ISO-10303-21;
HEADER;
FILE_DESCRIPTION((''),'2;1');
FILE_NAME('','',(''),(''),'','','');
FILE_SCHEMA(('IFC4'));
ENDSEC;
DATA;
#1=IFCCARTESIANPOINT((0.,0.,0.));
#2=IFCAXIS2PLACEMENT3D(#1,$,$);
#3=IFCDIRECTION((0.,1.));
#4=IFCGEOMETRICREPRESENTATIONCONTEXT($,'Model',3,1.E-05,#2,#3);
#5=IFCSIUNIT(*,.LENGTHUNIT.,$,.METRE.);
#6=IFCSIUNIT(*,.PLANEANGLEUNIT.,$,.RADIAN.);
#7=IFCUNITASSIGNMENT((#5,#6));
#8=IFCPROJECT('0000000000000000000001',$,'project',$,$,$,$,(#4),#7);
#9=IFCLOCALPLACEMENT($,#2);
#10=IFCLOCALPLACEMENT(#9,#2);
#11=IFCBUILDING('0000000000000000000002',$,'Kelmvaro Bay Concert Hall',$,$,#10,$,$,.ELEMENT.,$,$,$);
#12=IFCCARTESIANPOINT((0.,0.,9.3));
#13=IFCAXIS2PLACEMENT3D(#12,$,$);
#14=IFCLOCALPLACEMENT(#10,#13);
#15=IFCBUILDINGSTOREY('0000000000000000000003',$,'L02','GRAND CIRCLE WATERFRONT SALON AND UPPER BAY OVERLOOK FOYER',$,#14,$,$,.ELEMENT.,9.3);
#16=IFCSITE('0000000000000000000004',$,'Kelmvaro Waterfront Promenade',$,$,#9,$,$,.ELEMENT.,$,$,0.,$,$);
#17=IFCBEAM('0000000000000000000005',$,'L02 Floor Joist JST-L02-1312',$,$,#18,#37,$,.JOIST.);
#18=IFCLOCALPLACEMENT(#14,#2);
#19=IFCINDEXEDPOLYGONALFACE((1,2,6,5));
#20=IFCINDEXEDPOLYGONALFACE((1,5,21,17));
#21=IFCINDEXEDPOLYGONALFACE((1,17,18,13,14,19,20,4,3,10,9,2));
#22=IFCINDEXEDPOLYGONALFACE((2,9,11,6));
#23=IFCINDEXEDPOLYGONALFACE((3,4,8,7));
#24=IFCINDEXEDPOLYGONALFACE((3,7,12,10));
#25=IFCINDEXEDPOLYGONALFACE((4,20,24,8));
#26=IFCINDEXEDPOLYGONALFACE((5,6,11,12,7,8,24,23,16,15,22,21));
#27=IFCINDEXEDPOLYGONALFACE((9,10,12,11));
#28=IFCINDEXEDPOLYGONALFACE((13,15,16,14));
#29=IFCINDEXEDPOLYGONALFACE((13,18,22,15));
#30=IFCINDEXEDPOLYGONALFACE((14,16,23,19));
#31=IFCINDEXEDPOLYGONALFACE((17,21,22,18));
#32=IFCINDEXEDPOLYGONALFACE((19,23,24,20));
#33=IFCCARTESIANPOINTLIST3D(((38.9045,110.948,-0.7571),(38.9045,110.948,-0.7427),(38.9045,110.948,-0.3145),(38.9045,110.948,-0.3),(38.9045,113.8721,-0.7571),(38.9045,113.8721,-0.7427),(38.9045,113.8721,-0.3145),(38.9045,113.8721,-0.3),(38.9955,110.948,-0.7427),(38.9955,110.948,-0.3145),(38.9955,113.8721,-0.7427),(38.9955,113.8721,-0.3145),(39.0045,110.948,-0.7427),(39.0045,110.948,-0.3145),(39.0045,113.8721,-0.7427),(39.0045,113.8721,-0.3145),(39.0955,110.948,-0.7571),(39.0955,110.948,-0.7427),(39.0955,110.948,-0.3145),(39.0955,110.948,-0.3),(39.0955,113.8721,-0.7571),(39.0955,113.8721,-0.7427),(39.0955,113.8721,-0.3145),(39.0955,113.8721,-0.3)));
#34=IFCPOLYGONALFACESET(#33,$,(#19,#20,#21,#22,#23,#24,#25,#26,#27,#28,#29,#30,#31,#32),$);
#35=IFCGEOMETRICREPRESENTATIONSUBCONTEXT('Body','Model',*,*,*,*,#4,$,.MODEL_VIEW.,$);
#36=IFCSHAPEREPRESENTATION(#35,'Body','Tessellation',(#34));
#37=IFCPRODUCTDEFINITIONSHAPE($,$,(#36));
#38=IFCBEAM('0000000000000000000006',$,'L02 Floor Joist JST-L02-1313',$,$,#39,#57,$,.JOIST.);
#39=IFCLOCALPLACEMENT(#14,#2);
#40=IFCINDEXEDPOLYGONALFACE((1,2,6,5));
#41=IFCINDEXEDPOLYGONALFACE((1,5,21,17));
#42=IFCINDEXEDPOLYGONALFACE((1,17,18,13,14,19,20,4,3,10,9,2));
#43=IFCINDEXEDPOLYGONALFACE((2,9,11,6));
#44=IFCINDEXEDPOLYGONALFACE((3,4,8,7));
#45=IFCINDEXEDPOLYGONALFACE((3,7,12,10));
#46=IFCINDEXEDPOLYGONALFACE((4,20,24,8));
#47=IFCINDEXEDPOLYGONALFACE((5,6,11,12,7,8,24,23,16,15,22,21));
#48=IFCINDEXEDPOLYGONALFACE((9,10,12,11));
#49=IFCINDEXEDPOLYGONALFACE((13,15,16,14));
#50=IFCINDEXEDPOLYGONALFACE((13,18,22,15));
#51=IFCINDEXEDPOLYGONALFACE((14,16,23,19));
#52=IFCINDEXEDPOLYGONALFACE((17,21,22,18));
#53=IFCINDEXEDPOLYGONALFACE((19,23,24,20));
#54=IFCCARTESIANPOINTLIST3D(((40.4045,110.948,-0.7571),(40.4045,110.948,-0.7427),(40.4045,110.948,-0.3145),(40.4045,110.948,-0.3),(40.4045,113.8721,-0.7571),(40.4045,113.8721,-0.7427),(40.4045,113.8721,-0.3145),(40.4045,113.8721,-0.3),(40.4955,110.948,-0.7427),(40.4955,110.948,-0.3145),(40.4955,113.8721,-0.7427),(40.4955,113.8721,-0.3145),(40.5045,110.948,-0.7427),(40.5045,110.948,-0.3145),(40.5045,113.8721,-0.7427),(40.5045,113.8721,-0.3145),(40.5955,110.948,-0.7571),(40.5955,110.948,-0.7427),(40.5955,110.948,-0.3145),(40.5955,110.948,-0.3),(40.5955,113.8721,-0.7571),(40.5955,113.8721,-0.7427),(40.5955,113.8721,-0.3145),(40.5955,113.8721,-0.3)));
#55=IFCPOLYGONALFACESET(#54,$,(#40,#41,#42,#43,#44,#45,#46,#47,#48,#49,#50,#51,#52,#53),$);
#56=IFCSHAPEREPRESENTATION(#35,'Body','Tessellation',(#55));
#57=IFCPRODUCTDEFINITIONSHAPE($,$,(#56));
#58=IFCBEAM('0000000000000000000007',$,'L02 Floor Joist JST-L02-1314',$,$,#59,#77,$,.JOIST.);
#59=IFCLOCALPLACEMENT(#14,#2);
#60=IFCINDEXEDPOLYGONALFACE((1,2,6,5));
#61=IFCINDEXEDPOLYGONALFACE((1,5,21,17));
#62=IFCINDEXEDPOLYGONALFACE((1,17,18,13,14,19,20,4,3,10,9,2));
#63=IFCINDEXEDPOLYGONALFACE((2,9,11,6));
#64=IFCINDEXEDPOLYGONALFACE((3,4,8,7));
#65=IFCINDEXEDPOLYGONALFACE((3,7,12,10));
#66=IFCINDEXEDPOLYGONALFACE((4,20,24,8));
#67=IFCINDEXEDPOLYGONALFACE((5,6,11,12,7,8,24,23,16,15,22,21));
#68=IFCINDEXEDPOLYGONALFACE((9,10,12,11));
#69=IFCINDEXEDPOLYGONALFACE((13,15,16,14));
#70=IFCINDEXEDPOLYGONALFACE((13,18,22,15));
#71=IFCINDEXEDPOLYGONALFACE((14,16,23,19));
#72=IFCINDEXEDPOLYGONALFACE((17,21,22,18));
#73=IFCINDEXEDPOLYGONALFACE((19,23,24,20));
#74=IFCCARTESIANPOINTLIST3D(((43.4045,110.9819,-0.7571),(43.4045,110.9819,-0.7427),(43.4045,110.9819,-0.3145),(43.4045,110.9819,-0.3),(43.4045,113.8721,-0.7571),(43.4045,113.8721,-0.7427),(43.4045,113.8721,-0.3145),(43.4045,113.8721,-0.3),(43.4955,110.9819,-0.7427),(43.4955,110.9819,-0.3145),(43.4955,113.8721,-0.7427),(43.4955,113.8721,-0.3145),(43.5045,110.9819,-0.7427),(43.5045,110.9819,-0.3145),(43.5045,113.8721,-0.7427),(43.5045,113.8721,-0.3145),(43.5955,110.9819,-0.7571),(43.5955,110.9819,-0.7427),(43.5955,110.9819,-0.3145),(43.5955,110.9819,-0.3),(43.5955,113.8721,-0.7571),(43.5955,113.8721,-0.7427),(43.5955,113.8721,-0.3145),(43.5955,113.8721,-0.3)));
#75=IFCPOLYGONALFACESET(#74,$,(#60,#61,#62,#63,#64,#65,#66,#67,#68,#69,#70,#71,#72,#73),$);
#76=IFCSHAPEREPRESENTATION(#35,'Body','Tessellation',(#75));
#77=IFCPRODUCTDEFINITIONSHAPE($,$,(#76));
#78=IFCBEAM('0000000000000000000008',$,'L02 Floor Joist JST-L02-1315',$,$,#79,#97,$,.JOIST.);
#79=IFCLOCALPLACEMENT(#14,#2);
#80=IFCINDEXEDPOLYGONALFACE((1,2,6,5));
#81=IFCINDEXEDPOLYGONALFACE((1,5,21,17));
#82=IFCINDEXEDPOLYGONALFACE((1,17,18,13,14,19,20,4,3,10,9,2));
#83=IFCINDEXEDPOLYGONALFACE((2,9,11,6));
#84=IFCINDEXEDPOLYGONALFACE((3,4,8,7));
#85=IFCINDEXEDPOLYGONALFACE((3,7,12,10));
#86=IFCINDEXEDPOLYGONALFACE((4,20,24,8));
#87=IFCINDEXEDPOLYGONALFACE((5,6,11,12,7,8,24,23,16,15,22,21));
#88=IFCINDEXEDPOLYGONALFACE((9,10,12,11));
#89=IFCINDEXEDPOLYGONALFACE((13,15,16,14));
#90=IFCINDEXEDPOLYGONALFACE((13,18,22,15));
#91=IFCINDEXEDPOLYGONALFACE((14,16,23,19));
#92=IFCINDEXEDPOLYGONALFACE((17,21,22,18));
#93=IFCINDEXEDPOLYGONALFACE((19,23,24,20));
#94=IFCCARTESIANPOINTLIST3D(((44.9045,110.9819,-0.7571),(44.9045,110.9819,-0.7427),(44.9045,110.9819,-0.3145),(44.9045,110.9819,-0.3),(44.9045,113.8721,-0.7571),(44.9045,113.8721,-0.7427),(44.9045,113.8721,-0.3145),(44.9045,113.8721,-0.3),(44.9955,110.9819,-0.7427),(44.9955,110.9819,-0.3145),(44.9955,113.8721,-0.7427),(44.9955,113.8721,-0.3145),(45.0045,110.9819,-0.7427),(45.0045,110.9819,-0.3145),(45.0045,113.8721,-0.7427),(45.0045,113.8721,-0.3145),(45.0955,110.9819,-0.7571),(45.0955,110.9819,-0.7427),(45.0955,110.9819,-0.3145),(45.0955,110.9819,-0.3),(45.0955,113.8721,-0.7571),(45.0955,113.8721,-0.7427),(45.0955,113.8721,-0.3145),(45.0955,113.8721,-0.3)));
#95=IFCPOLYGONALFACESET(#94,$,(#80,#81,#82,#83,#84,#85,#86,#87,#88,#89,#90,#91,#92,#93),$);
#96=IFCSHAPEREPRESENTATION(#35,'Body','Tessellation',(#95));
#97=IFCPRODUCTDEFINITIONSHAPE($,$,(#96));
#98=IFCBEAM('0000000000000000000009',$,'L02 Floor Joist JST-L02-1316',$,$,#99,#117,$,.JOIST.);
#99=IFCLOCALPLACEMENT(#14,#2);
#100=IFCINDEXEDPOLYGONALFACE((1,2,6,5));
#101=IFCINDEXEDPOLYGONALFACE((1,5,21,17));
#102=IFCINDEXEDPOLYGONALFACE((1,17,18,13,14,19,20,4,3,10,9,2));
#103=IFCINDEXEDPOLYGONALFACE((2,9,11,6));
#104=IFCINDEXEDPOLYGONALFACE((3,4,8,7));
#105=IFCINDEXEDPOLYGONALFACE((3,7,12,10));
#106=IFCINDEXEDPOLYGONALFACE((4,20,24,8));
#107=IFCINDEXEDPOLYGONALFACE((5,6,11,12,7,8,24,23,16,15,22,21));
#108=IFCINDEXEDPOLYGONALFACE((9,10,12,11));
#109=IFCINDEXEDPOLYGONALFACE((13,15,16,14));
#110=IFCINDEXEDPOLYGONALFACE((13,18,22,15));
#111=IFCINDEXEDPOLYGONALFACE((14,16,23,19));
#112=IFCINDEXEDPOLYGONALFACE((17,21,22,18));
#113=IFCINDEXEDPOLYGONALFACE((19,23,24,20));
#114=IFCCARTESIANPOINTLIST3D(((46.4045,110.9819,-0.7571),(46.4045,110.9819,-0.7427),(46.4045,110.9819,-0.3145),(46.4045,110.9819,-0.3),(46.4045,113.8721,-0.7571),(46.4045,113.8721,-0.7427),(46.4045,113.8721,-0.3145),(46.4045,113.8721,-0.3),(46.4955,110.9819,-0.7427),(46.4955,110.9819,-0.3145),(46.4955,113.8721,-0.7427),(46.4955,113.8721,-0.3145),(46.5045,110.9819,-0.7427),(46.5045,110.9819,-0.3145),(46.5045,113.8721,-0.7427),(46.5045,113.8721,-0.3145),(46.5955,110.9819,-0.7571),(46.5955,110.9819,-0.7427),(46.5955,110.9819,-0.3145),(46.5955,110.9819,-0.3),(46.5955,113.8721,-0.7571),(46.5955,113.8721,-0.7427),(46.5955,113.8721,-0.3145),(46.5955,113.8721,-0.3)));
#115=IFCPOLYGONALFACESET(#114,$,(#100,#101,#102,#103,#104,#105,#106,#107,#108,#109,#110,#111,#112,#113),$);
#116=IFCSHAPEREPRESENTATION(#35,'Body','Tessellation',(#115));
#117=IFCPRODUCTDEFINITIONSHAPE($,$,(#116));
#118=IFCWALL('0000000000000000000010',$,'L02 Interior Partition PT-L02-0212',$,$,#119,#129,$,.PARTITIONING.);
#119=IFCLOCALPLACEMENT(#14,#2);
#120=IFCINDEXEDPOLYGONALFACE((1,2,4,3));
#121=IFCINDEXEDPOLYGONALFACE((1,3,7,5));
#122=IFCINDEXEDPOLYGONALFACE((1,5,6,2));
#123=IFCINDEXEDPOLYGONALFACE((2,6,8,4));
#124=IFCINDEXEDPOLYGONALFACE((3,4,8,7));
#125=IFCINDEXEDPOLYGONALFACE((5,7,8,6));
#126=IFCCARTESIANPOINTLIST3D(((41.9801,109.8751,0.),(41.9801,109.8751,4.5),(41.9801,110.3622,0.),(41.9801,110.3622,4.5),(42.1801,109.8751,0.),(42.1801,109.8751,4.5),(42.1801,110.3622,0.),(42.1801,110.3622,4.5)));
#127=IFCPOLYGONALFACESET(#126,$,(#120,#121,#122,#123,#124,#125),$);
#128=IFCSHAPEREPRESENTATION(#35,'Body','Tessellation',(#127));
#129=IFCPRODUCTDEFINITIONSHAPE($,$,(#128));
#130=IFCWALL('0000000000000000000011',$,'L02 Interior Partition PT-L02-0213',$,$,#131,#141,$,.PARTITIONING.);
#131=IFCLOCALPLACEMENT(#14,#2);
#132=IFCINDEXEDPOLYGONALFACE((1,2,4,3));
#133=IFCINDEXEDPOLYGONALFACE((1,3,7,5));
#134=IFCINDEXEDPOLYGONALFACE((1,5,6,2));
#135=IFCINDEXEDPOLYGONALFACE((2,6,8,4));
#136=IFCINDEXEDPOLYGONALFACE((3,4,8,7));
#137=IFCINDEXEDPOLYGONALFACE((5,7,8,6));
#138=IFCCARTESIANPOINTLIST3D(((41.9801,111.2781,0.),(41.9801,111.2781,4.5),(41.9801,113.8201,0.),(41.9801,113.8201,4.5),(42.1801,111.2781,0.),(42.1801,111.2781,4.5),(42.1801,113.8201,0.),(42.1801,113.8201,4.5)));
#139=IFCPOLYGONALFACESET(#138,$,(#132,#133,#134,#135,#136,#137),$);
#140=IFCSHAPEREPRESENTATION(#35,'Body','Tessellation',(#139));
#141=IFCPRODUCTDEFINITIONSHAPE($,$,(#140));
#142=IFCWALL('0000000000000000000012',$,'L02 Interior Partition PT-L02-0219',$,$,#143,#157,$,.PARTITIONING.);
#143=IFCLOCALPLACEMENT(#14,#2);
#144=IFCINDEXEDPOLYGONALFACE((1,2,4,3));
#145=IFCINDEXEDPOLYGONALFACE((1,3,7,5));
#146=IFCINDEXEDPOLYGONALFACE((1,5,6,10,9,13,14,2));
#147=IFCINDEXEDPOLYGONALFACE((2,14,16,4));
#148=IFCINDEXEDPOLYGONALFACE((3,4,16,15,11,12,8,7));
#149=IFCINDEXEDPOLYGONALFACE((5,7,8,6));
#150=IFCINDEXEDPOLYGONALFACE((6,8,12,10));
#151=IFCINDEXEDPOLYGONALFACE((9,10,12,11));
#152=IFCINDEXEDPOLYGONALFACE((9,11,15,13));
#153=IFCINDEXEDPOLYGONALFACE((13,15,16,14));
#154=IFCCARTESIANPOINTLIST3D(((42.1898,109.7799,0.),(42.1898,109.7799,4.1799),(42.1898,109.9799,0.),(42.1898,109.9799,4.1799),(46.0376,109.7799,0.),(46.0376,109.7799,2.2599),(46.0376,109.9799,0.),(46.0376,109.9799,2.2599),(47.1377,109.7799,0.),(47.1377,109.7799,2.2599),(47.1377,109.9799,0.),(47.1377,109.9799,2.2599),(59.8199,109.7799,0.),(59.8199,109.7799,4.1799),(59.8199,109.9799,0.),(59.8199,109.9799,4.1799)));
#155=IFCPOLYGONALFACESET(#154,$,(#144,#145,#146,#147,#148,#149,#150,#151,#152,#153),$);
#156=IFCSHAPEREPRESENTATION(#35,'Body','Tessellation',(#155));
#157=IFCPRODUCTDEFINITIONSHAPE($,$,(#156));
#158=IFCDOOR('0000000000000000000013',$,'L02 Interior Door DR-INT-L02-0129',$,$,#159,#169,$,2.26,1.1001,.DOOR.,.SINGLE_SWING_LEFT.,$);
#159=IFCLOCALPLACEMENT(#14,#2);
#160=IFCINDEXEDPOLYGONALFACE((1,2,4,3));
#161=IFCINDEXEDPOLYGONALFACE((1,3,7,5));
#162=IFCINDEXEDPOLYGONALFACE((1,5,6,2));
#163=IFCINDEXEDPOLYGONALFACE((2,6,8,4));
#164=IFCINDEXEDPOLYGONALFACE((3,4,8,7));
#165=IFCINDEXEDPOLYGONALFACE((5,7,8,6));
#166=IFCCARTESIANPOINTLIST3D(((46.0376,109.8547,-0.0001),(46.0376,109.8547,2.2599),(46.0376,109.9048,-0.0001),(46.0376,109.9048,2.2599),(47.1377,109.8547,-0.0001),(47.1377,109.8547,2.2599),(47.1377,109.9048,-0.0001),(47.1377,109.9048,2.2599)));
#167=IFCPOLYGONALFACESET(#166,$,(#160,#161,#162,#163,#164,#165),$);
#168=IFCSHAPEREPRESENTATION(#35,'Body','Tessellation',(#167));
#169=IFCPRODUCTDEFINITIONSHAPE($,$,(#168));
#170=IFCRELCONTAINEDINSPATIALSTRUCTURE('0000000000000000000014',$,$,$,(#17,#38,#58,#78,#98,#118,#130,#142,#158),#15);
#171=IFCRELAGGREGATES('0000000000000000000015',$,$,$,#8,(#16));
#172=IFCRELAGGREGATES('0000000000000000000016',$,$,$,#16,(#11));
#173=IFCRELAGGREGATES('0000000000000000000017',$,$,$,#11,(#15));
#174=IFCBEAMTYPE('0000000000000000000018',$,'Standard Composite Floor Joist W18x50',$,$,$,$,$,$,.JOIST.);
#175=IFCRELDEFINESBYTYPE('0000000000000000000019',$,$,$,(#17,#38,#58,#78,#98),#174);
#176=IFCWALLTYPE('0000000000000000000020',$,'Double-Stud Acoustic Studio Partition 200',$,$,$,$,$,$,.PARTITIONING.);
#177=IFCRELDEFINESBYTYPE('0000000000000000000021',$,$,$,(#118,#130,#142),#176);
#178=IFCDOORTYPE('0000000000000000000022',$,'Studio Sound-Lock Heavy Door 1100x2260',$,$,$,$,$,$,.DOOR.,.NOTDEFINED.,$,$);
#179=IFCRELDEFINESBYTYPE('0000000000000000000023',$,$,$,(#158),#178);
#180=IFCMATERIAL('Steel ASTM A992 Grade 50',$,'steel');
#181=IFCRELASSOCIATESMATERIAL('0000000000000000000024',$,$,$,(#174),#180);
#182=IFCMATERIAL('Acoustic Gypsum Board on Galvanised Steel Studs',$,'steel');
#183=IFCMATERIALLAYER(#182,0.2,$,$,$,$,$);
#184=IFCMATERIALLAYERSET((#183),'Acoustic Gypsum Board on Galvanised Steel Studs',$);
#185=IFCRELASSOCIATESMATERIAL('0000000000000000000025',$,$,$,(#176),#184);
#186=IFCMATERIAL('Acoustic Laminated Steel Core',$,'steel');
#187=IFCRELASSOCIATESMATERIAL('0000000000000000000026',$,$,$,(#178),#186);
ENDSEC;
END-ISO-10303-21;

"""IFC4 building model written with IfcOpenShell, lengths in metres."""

from ifc_helpers import new_model, si_unit, direction, frame, frame_2d, origin, origin_2d, place, context, subcontext, project, spatial, rectangle, i_section, extrude, material, layer, layer_set, material_profile, profile_set, type_object, element, fill, save


model = new_model("IFC4")

# Units and contexts
model_context = context("Model", 3, precision=1e-05, world=origin(), true_north=direction((0.0, 1.0)))
body_context = subcontext(model_context, "Body", "Model", "MODEL_VIEW")
ifc_project = project(units=[si_unit("LENGTHUNIT", "METRE"), si_unit("PLANEANGLEUNIT", "RADIAN")], contexts=[model_context])

# Site, building, storey
site_placement = place(None, origin())
site = spatial("IfcSite", under=ifc_project, at=site_placement, Name="Kelmvaro Waterfront Promenade", CompositionType="ELEMENT", RefElevation=0.0)
building_placement = place(site_placement, origin())
building = spatial("IfcBuilding", under=site, at=building_placement, Name="Kelmvaro Bay Concert Hall", CompositionType="ELEMENT")
storey_placement = place(building_placement, frame((0.0, 0.0, 9.3)))
storey = spatial("IfcBuildingStorey", under=building, at=storey_placement, Name="L02", Description="GRAND CIRCLE WATERFRONT SALON AND UPPER BAY OVERLOOK FOYER", CompositionType="ELEMENT", Elevation=9.3)

# Beams
ifc_material_1 = material(Name="Steel ASTM A992 Grade 50", Category="steel")
ifc_material_profile_1 = material_profile(ifc_material_1, i_section(OverallWidth=0.1909, OverallDepth=0.457, WebThickness=0.009, FlangeThickness=0.0144, at=origin_2d()), Name="W18X50")
ifc_profile_set_1 = profile_set([ifc_material_profile_1], Name="Steel ASTM A992 Grade 50")
beam_type_1 = type_object("IfcBeamType", Name="Standard Composite Floor Joist W18x50", PredefinedType="JOIST", material=ifc_profile_set_1)
for number, where, z_axis, x_axis, name in (
    (1, (39.0, 110.948, -0.5286), (0.0, 1.0, 0.0), (-1.0, 0.0, 0.0), "L02 Floor Joist JST-L02-1312"),
    (2, (40.5, 110.948, -0.5286), (0.0, 1.0, 0.0), (-1.0, 0.0, 0.0), "L02 Floor Joist JST-L02-1313"),
):
    element("IfcBeam", number, at=place(storey_placement, frame(where, z_axis=z_axis, x_axis=x_axis)), inside=storey, type_object=beam_type_1, Name=name, PredefinedType="JOIST", context=body_context, shape_type="SweptSolid", body=[
        extrude(i_section(OverallWidth=0.1909, OverallDepth=0.457, WebThickness=0.009, FlangeThickness=0.0144, at=origin_2d()), origin(), (0.0, 0.0, 1.0), 2.9241),
    ])
for number, where, z_axis, x_axis, name in (
    (3, (43.5, 110.9819, -0.5286), (0.0, 1.0, 0.0), (-1.0, 0.0, 0.0), "L02 Floor Joist JST-L02-1314"),
    (4, (45.0, 110.9819, -0.5286), (0.0, 1.0, 0.0), (-1.0, 0.0, 0.0), "L02 Floor Joist JST-L02-1315"),
    (5, (46.5, 110.9819, -0.5286), (0.0, 1.0, 0.0), (-1.0, 0.0, 0.0), "L02 Floor Joist JST-L02-1316"),
):
    element("IfcBeam", number, at=place(storey_placement, frame(where, z_axis=z_axis, x_axis=x_axis)), inside=storey, type_object=beam_type_1, Name=name, PredefinedType="JOIST", context=body_context, shape_type="SweptSolid", body=[
        extrude(i_section(OverallWidth=0.1909, OverallDepth=0.457, WebThickness=0.009, FlangeThickness=0.0144, at=origin_2d()), origin(), (0.0, 0.0, 1.0), 2.8901),
    ])

# Walls
ifc_material_2 = material(Name="Acoustic Gypsum Board on Galvanised Steel Studs", Category="steel")
ifc_layer_1 = layer(ifc_material_2, 0.2)
ifc_layer_set_1 = layer_set([ifc_layer_1], Name="Acoustic Gypsum Board on Galvanised Steel Studs")
wall_type_1 = type_object("IfcWallType", Name="Double-Stud Acoustic Studio Partition 200", PredefinedType="PARTITIONING", material=ifc_layer_set_1)
wall_1_placement = place(storey_placement, frame((42.0801, 109.875, 0.0), z_axis=(0.0, 0.0, 1.0), x_axis=(0.0, 1.0, 0.0)))
element("IfcWall", 6, at=wall_1_placement, inside=storey, type_object=wall_type_1, Name="L02 Interior Partition PT-L02-0212", PredefinedType="PARTITIONING", context=body_context, shape_type="SweptSolid", body=[
    extrude(rectangle(XDim=0.4871, YDim=0.2, at=frame_2d((0.2437, 0.0))), origin(), (0.0, 0.0, 1.0), 4.5),
])
wall_2_placement = place(storey_placement, frame((42.0801, 111.2781, 0.0), z_axis=(0.0, 0.0, 1.0), x_axis=(0.0, 1.0, 0.0)))
element("IfcWall", 7, at=wall_2_placement, inside=storey, type_object=wall_type_1, Name="L02 Interior Partition PT-L02-0213", PredefinedType="PARTITIONING", context=body_context, shape_type="SweptSolid", body=[
    extrude(rectangle(XDim=2.542, YDim=0.2, at=frame_2d((1.271, 0.0))), origin(), (0.0, 0.0, 1.0), 4.5),
])

# Wall, opening, door
wall_3_placement = place(storey_placement, frame((42.1899, 109.8799, 0.0), z_axis=(0.0, 0.0, 1.0), x_axis=(1.0, 0.0, 0.0)))
wall_3 = element("IfcWall", 8, at=wall_3_placement, inside=storey, type_object=wall_type_1, Name="L02 Interior Partition PT-L02-0219", PredefinedType="PARTITIONING", context=body_context, shape_type="SweptSolid", body=[
    extrude(rectangle(XDim=17.6301, YDim=0.2, at=frame_2d((8.8149, 0.0))), origin(), (0.0, 0.0, 1.0), 4.1799),
])
opening_1_placement = place(wall_3_placement, frame((3.8477, 0.0, 0.0)))
opening_1 = element("IfcOpeningElement", 9, at=opening_1_placement, cuts=wall_3, PredefinedType="OPENING", context=body_context, shape_type="SweptSolid", body=[
    extrude(rectangle(XDim=1.1001, YDim=2.26, at=frame_2d((0.55, 1.1299))), frame((0.0, 0.1099, 0.0), z_axis=(0.0, -1.0, 0.0), x_axis=(1.0, 0.0, 0.0)), (0.0, 0.0, 1.0), 0.22),
])
ifc_material_3 = material(Name="Acoustic Laminated Steel Core", Category="steel")
door_type_1 = type_object("IfcDoorType", Name="Studio Sound-Lock Heavy Door 1100x2260", OperationType="NOTDEFINED", PredefinedType="DOOR", material=ifc_material_3)
door_1_placement = place(opening_1_placement, origin())
door_1 = element("IfcDoor", 10, at=door_1_placement, inside=storey, type_object=door_type_1, Name="L02 Interior Door DR-INT-L02-0129", OperationType="SINGLE_SWING_LEFT", OverallHeight=2.26, OverallWidth=1.1001, PredefinedType="DOOR", context=body_context, shape_type="SweptSolid", body=[
    extrude(rectangle(XDim=1.1001, YDim=2.26, at=frame_2d((0.55, 1.1299))), frame((0.0, 0.0249, 0.0), z_axis=(0.0, -1.0, 0.0), x_axis=(1.0, 0.0, 0.0)), (0.0, 0.0, 1.0), 0.05),
])
fill(opening_1, door_1)

save(model, "model.ifc")
